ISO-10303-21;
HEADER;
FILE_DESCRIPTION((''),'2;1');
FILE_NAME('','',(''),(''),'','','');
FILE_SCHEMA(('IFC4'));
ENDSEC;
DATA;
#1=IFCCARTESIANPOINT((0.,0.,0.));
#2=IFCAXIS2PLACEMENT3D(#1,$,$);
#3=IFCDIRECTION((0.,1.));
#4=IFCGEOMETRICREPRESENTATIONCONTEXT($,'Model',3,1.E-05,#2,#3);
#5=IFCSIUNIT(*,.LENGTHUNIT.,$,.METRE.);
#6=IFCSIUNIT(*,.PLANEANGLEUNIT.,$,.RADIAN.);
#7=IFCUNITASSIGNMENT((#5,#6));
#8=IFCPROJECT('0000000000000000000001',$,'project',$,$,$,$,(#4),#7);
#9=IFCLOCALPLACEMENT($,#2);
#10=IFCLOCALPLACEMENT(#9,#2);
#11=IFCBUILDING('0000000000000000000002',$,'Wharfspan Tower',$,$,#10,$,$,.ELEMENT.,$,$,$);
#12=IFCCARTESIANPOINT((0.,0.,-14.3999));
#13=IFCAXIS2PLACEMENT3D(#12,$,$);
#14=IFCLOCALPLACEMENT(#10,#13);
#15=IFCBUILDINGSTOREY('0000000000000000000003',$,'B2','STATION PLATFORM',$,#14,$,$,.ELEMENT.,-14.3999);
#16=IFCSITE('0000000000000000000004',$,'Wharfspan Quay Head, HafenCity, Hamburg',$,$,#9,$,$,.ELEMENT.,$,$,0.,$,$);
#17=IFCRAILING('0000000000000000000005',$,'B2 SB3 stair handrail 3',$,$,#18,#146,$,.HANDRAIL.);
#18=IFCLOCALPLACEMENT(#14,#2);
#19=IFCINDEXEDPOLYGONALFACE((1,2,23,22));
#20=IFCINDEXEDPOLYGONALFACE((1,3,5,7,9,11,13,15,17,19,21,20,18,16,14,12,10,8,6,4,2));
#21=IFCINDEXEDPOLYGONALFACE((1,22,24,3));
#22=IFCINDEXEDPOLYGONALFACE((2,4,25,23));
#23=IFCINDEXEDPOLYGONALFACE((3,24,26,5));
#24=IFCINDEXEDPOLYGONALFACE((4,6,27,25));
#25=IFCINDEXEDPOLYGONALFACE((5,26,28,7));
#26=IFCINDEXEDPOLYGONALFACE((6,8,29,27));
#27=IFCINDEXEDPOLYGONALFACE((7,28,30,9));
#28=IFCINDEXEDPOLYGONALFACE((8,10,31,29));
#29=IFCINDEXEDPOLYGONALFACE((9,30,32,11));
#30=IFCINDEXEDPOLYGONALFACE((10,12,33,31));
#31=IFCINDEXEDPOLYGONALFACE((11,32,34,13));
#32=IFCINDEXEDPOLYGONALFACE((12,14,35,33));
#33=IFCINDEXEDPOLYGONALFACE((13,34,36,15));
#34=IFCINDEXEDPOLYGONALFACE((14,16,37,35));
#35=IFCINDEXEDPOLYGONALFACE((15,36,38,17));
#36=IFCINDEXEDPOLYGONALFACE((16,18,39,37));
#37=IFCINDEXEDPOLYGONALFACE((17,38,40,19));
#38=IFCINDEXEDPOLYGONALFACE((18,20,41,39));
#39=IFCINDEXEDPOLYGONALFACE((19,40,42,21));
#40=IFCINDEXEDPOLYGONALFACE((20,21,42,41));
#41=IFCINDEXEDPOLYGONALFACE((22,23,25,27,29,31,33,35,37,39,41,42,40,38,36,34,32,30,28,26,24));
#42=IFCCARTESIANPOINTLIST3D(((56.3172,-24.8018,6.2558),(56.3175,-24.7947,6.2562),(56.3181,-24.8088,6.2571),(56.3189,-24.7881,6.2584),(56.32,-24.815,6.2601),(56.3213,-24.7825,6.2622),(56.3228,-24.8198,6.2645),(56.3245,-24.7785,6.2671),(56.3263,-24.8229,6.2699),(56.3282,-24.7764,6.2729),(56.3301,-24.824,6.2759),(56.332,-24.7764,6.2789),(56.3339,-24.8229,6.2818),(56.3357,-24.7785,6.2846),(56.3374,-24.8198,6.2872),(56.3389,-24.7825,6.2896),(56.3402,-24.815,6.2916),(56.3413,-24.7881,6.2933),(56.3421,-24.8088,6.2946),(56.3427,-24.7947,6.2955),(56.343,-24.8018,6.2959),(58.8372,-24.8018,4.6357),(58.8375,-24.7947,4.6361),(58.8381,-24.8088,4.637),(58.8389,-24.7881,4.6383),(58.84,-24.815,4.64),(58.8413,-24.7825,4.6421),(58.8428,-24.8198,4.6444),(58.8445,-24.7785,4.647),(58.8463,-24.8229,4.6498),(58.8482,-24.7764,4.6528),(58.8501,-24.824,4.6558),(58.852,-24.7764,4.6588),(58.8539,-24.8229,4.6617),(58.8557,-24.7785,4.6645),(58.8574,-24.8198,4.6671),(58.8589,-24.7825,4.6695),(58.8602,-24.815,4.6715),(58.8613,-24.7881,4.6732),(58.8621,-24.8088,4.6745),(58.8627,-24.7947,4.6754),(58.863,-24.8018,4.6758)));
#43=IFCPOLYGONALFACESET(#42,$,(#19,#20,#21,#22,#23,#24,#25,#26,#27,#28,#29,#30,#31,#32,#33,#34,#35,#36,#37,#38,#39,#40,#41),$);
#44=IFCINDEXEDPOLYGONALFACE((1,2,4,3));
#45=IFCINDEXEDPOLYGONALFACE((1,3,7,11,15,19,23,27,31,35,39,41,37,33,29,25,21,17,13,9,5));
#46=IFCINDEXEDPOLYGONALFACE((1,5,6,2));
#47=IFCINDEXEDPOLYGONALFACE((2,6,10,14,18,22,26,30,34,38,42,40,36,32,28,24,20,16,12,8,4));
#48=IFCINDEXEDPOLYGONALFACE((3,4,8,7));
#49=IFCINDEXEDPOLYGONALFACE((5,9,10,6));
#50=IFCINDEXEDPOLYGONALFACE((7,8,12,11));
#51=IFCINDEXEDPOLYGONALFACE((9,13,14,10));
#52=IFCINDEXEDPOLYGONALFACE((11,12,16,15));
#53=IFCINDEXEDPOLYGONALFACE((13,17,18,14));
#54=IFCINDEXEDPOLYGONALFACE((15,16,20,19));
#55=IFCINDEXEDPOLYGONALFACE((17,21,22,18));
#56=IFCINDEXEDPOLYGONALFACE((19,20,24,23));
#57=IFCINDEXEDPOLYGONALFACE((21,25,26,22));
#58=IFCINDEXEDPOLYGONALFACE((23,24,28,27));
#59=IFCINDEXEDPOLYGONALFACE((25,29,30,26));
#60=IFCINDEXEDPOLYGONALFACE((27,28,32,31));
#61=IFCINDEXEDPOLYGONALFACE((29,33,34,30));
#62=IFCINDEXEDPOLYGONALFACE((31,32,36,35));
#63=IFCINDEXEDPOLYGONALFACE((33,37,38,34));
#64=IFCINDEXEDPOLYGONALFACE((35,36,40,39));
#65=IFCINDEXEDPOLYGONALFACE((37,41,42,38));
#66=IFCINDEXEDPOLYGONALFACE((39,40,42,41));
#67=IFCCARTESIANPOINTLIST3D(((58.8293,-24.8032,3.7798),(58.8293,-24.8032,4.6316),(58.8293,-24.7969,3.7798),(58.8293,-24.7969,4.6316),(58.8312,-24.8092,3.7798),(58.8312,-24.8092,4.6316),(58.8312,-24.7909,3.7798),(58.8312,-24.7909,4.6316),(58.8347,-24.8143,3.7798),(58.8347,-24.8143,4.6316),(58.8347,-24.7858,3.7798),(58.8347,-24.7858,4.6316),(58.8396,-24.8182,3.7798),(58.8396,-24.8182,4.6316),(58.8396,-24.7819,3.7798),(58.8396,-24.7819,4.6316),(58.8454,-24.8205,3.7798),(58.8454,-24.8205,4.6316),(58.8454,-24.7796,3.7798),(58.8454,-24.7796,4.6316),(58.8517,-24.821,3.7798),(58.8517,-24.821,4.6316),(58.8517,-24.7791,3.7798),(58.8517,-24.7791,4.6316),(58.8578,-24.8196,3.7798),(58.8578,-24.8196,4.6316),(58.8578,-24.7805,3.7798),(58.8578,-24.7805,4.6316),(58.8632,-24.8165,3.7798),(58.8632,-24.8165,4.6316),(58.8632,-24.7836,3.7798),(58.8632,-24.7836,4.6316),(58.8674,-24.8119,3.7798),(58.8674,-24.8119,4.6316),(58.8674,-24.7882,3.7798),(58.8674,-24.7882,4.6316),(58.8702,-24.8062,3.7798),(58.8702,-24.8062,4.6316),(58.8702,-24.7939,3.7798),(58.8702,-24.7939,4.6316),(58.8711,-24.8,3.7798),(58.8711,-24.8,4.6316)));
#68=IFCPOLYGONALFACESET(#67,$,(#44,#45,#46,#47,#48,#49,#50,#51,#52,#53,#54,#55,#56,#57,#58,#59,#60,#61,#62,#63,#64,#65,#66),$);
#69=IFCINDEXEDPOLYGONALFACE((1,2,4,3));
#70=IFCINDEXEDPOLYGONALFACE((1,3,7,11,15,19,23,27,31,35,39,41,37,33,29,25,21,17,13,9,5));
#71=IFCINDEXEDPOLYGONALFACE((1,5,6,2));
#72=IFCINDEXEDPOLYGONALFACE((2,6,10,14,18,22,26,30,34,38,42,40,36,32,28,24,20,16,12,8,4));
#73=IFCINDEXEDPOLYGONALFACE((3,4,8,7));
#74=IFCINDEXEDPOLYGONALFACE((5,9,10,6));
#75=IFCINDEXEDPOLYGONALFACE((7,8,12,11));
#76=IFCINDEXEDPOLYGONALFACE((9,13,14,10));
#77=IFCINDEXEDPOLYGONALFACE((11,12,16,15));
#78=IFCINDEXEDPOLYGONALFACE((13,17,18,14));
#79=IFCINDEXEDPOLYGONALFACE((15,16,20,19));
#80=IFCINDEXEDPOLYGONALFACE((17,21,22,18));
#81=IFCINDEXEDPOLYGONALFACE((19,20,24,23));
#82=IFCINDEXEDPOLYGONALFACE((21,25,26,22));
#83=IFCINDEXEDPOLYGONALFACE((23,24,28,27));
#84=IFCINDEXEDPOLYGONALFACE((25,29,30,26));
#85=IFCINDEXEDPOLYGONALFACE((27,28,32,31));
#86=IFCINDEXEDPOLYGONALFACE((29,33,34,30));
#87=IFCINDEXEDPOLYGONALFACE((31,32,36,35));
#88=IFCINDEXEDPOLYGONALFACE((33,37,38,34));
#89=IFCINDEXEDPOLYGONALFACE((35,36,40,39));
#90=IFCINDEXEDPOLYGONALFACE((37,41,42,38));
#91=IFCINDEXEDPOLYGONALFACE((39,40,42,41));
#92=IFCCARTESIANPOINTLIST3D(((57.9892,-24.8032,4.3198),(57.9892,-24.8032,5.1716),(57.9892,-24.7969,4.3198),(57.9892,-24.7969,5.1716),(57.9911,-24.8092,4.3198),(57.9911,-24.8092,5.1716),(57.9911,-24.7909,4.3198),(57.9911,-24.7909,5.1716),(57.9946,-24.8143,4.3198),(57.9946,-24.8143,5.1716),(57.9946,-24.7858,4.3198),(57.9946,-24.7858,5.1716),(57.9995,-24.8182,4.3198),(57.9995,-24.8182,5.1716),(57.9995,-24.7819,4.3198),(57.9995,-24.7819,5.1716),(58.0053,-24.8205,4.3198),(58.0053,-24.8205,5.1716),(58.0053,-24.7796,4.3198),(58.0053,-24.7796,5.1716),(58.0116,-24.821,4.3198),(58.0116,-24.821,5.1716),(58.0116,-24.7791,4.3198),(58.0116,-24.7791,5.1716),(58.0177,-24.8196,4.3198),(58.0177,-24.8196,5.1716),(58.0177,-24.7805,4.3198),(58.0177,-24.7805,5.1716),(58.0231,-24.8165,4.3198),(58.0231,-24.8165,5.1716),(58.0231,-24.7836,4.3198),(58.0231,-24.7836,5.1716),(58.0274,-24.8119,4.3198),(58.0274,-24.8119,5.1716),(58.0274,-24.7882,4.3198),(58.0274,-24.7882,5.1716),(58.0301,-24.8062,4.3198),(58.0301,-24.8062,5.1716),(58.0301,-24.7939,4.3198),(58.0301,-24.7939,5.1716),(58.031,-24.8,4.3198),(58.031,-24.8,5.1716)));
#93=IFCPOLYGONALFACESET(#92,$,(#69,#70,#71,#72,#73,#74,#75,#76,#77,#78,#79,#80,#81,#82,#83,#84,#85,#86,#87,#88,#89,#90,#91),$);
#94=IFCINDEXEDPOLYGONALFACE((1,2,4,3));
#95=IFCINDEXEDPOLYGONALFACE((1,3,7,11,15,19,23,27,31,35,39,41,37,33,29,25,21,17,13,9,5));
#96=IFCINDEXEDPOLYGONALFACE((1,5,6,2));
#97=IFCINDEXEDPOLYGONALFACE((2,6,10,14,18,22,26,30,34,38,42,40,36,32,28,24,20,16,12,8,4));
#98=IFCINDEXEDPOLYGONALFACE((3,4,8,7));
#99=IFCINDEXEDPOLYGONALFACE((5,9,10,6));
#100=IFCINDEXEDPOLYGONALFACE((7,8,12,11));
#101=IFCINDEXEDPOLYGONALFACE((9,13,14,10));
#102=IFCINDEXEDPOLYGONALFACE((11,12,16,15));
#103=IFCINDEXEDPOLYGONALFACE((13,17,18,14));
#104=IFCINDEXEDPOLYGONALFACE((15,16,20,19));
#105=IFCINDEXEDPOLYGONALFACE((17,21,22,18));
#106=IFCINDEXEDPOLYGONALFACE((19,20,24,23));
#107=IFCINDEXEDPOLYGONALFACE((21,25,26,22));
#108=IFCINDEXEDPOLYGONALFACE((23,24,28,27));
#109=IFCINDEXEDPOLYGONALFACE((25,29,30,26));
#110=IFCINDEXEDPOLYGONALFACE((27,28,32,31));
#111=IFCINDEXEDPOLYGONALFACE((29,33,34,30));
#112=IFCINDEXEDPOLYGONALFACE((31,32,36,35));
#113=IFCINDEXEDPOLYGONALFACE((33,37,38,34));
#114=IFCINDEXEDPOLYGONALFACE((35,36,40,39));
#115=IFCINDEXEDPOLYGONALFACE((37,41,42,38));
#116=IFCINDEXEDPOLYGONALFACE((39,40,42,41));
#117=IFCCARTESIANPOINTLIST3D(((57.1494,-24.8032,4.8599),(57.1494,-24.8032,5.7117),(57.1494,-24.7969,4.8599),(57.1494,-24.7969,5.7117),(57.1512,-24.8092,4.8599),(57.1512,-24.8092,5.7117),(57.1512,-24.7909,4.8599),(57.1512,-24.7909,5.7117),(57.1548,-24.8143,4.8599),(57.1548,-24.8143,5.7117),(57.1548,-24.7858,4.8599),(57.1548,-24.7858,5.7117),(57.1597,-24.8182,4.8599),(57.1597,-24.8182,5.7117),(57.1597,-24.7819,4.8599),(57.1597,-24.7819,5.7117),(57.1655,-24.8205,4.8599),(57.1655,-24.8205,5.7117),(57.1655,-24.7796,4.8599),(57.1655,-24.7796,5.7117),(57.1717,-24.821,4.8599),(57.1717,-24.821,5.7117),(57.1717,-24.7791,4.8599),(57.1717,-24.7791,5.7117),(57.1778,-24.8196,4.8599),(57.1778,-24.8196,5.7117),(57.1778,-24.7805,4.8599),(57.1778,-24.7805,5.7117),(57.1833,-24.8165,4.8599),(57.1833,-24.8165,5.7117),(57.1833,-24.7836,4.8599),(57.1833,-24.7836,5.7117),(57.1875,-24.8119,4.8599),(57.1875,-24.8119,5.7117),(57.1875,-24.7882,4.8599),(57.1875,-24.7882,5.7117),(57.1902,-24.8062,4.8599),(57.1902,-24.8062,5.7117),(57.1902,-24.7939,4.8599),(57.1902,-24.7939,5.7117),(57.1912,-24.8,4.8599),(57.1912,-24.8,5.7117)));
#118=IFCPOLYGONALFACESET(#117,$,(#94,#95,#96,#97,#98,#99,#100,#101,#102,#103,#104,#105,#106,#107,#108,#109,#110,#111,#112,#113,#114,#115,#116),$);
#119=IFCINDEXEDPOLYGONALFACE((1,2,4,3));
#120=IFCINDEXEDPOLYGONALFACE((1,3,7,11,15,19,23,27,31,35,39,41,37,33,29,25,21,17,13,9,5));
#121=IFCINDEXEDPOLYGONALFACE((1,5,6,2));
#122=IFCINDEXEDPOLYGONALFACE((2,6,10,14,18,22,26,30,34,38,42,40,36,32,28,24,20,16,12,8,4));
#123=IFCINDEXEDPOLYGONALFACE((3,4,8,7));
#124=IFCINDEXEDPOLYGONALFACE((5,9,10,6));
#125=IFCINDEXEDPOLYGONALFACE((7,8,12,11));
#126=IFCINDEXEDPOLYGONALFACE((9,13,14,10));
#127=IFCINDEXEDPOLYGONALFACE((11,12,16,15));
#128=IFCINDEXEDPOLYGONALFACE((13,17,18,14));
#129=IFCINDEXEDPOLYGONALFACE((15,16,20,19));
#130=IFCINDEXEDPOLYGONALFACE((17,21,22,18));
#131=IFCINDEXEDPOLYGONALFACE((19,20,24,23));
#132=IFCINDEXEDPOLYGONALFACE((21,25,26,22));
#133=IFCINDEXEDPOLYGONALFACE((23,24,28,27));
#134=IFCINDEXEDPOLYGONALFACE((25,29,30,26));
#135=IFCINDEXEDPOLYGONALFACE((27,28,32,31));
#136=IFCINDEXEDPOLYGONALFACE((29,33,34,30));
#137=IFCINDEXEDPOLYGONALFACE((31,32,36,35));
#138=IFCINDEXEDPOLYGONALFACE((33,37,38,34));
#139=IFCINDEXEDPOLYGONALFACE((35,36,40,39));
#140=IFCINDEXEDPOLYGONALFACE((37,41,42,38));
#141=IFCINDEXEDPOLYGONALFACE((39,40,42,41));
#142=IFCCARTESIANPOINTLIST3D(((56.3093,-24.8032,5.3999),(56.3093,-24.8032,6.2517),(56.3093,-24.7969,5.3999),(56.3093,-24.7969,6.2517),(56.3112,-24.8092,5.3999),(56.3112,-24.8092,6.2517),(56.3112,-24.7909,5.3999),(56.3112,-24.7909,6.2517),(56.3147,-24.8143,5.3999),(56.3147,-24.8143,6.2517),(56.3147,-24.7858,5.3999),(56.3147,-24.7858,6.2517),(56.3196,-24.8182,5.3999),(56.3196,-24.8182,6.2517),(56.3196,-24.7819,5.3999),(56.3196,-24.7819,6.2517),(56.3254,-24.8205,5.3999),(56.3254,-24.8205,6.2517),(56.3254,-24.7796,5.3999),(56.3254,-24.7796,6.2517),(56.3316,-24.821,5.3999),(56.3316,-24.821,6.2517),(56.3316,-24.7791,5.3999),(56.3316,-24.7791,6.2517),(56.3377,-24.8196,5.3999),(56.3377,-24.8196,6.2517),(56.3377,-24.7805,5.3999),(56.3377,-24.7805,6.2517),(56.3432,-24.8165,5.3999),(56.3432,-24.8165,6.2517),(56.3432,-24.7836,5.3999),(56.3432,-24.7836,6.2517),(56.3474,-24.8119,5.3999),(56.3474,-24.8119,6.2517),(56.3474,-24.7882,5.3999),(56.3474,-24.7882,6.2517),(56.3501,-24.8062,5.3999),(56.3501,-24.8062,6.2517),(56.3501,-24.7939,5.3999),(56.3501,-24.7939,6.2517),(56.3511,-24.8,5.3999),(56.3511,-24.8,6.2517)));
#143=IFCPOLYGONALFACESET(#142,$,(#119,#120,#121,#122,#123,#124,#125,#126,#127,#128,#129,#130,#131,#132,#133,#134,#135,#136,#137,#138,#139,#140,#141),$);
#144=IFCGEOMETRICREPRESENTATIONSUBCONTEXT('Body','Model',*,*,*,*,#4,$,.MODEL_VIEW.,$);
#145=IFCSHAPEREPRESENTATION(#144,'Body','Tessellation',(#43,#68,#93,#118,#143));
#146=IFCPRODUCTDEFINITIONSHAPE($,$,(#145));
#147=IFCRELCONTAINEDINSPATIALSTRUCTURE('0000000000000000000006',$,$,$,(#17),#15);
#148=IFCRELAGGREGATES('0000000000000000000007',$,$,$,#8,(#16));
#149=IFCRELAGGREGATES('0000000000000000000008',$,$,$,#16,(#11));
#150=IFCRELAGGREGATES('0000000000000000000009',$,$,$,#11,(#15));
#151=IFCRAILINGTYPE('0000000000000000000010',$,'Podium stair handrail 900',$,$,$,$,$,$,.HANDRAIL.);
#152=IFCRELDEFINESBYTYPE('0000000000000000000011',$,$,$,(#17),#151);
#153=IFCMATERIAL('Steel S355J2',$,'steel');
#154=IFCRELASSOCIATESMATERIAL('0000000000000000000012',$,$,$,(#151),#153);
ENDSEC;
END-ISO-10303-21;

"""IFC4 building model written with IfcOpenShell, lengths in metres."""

from ifc_helpers import new_model, si_unit, direction, frame, origin, origin_2d, place, context, subcontext, project, spatial, circle, extrude, material, type_object, element, save


model = new_model("IFC4")

# Units and contexts
model_context = context("Model", 3, precision=1e-05, world=origin(), true_north=direction((0.0, 1.0)))
body_context = subcontext(model_context, "Body", "Model", "MODEL_VIEW")
ifc_project = project(units=[si_unit("LENGTHUNIT", "METRE"), si_unit("PLANEANGLEUNIT", "RADIAN")], contexts=[model_context])

# Site, building, storey
site_placement = place(None, origin())
site = spatial("IfcSite", under=ifc_project, at=site_placement, Name="Wharfspan Quay Head, HafenCity, Hamburg", CompositionType="ELEMENT", RefElevation=0.0)
building_placement = place(site_placement, origin())
building = spatial("IfcBuilding", under=site, at=building_placement, Name="Wharfspan Tower", CompositionType="ELEMENT")
storey_placement = place(building_placement, frame((0.0, 0.0, -14.3999)))
storey = spatial("IfcBuildingStorey", under=building, at=storey_placement, Name="B2", Description="STATION PLATFORM", CompositionType="ELEMENT", Elevation=-14.3999)

# Railing
ifc_material_1 = material(Name="Steel S355J2", Category="steel")
railing_type_1 = type_object("IfcRailingType", Name="Podium stair handrail 900", PredefinedType="HANDRAIL", material=ifc_material_1)
railing_1_placement = place(storey_placement, frame((58.8501, -24.8, 3.7798)))
element("IfcRailing", 1, at=railing_1_placement, inside=storey, type_object=railing_type_1, Name="B2 SB3 stair handrail 3", PredefinedType="HANDRAIL", context=body_context, shape_type="SweptSolid", body=[
    extrude(circle(Radius=0.0239, at=origin_2d()), frame((0.0, 0.0, 0.876), z_axis=(-0.841163, 0.0, 0.540782), x_axis=(0.0, -1.0, 0.0)), (0.0, 0.0, 1.0), 2.9958),
    extrude(circle(Radius=0.021, at=origin_2d()), origin(), (0.0, 0.0, 1.0), 0.8518),
    extrude(circle(Radius=0.021, at=origin_2d()), frame((-0.8401, 0.0, 0.54)), (0.0, 0.0, 1.0), 0.8518),
    extrude(circle(Radius=0.021, at=origin_2d()), frame((-1.6799, 0.0, 1.0801)), (0.0, 0.0, 1.0), 0.8518),
    extrude(circle(Radius=0.021, at=origin_2d()), frame((-2.52, 0.0, 1.6201)), (0.0, 0.0, 1.0), 0.8518),
])

save(model, "model.ifc")
